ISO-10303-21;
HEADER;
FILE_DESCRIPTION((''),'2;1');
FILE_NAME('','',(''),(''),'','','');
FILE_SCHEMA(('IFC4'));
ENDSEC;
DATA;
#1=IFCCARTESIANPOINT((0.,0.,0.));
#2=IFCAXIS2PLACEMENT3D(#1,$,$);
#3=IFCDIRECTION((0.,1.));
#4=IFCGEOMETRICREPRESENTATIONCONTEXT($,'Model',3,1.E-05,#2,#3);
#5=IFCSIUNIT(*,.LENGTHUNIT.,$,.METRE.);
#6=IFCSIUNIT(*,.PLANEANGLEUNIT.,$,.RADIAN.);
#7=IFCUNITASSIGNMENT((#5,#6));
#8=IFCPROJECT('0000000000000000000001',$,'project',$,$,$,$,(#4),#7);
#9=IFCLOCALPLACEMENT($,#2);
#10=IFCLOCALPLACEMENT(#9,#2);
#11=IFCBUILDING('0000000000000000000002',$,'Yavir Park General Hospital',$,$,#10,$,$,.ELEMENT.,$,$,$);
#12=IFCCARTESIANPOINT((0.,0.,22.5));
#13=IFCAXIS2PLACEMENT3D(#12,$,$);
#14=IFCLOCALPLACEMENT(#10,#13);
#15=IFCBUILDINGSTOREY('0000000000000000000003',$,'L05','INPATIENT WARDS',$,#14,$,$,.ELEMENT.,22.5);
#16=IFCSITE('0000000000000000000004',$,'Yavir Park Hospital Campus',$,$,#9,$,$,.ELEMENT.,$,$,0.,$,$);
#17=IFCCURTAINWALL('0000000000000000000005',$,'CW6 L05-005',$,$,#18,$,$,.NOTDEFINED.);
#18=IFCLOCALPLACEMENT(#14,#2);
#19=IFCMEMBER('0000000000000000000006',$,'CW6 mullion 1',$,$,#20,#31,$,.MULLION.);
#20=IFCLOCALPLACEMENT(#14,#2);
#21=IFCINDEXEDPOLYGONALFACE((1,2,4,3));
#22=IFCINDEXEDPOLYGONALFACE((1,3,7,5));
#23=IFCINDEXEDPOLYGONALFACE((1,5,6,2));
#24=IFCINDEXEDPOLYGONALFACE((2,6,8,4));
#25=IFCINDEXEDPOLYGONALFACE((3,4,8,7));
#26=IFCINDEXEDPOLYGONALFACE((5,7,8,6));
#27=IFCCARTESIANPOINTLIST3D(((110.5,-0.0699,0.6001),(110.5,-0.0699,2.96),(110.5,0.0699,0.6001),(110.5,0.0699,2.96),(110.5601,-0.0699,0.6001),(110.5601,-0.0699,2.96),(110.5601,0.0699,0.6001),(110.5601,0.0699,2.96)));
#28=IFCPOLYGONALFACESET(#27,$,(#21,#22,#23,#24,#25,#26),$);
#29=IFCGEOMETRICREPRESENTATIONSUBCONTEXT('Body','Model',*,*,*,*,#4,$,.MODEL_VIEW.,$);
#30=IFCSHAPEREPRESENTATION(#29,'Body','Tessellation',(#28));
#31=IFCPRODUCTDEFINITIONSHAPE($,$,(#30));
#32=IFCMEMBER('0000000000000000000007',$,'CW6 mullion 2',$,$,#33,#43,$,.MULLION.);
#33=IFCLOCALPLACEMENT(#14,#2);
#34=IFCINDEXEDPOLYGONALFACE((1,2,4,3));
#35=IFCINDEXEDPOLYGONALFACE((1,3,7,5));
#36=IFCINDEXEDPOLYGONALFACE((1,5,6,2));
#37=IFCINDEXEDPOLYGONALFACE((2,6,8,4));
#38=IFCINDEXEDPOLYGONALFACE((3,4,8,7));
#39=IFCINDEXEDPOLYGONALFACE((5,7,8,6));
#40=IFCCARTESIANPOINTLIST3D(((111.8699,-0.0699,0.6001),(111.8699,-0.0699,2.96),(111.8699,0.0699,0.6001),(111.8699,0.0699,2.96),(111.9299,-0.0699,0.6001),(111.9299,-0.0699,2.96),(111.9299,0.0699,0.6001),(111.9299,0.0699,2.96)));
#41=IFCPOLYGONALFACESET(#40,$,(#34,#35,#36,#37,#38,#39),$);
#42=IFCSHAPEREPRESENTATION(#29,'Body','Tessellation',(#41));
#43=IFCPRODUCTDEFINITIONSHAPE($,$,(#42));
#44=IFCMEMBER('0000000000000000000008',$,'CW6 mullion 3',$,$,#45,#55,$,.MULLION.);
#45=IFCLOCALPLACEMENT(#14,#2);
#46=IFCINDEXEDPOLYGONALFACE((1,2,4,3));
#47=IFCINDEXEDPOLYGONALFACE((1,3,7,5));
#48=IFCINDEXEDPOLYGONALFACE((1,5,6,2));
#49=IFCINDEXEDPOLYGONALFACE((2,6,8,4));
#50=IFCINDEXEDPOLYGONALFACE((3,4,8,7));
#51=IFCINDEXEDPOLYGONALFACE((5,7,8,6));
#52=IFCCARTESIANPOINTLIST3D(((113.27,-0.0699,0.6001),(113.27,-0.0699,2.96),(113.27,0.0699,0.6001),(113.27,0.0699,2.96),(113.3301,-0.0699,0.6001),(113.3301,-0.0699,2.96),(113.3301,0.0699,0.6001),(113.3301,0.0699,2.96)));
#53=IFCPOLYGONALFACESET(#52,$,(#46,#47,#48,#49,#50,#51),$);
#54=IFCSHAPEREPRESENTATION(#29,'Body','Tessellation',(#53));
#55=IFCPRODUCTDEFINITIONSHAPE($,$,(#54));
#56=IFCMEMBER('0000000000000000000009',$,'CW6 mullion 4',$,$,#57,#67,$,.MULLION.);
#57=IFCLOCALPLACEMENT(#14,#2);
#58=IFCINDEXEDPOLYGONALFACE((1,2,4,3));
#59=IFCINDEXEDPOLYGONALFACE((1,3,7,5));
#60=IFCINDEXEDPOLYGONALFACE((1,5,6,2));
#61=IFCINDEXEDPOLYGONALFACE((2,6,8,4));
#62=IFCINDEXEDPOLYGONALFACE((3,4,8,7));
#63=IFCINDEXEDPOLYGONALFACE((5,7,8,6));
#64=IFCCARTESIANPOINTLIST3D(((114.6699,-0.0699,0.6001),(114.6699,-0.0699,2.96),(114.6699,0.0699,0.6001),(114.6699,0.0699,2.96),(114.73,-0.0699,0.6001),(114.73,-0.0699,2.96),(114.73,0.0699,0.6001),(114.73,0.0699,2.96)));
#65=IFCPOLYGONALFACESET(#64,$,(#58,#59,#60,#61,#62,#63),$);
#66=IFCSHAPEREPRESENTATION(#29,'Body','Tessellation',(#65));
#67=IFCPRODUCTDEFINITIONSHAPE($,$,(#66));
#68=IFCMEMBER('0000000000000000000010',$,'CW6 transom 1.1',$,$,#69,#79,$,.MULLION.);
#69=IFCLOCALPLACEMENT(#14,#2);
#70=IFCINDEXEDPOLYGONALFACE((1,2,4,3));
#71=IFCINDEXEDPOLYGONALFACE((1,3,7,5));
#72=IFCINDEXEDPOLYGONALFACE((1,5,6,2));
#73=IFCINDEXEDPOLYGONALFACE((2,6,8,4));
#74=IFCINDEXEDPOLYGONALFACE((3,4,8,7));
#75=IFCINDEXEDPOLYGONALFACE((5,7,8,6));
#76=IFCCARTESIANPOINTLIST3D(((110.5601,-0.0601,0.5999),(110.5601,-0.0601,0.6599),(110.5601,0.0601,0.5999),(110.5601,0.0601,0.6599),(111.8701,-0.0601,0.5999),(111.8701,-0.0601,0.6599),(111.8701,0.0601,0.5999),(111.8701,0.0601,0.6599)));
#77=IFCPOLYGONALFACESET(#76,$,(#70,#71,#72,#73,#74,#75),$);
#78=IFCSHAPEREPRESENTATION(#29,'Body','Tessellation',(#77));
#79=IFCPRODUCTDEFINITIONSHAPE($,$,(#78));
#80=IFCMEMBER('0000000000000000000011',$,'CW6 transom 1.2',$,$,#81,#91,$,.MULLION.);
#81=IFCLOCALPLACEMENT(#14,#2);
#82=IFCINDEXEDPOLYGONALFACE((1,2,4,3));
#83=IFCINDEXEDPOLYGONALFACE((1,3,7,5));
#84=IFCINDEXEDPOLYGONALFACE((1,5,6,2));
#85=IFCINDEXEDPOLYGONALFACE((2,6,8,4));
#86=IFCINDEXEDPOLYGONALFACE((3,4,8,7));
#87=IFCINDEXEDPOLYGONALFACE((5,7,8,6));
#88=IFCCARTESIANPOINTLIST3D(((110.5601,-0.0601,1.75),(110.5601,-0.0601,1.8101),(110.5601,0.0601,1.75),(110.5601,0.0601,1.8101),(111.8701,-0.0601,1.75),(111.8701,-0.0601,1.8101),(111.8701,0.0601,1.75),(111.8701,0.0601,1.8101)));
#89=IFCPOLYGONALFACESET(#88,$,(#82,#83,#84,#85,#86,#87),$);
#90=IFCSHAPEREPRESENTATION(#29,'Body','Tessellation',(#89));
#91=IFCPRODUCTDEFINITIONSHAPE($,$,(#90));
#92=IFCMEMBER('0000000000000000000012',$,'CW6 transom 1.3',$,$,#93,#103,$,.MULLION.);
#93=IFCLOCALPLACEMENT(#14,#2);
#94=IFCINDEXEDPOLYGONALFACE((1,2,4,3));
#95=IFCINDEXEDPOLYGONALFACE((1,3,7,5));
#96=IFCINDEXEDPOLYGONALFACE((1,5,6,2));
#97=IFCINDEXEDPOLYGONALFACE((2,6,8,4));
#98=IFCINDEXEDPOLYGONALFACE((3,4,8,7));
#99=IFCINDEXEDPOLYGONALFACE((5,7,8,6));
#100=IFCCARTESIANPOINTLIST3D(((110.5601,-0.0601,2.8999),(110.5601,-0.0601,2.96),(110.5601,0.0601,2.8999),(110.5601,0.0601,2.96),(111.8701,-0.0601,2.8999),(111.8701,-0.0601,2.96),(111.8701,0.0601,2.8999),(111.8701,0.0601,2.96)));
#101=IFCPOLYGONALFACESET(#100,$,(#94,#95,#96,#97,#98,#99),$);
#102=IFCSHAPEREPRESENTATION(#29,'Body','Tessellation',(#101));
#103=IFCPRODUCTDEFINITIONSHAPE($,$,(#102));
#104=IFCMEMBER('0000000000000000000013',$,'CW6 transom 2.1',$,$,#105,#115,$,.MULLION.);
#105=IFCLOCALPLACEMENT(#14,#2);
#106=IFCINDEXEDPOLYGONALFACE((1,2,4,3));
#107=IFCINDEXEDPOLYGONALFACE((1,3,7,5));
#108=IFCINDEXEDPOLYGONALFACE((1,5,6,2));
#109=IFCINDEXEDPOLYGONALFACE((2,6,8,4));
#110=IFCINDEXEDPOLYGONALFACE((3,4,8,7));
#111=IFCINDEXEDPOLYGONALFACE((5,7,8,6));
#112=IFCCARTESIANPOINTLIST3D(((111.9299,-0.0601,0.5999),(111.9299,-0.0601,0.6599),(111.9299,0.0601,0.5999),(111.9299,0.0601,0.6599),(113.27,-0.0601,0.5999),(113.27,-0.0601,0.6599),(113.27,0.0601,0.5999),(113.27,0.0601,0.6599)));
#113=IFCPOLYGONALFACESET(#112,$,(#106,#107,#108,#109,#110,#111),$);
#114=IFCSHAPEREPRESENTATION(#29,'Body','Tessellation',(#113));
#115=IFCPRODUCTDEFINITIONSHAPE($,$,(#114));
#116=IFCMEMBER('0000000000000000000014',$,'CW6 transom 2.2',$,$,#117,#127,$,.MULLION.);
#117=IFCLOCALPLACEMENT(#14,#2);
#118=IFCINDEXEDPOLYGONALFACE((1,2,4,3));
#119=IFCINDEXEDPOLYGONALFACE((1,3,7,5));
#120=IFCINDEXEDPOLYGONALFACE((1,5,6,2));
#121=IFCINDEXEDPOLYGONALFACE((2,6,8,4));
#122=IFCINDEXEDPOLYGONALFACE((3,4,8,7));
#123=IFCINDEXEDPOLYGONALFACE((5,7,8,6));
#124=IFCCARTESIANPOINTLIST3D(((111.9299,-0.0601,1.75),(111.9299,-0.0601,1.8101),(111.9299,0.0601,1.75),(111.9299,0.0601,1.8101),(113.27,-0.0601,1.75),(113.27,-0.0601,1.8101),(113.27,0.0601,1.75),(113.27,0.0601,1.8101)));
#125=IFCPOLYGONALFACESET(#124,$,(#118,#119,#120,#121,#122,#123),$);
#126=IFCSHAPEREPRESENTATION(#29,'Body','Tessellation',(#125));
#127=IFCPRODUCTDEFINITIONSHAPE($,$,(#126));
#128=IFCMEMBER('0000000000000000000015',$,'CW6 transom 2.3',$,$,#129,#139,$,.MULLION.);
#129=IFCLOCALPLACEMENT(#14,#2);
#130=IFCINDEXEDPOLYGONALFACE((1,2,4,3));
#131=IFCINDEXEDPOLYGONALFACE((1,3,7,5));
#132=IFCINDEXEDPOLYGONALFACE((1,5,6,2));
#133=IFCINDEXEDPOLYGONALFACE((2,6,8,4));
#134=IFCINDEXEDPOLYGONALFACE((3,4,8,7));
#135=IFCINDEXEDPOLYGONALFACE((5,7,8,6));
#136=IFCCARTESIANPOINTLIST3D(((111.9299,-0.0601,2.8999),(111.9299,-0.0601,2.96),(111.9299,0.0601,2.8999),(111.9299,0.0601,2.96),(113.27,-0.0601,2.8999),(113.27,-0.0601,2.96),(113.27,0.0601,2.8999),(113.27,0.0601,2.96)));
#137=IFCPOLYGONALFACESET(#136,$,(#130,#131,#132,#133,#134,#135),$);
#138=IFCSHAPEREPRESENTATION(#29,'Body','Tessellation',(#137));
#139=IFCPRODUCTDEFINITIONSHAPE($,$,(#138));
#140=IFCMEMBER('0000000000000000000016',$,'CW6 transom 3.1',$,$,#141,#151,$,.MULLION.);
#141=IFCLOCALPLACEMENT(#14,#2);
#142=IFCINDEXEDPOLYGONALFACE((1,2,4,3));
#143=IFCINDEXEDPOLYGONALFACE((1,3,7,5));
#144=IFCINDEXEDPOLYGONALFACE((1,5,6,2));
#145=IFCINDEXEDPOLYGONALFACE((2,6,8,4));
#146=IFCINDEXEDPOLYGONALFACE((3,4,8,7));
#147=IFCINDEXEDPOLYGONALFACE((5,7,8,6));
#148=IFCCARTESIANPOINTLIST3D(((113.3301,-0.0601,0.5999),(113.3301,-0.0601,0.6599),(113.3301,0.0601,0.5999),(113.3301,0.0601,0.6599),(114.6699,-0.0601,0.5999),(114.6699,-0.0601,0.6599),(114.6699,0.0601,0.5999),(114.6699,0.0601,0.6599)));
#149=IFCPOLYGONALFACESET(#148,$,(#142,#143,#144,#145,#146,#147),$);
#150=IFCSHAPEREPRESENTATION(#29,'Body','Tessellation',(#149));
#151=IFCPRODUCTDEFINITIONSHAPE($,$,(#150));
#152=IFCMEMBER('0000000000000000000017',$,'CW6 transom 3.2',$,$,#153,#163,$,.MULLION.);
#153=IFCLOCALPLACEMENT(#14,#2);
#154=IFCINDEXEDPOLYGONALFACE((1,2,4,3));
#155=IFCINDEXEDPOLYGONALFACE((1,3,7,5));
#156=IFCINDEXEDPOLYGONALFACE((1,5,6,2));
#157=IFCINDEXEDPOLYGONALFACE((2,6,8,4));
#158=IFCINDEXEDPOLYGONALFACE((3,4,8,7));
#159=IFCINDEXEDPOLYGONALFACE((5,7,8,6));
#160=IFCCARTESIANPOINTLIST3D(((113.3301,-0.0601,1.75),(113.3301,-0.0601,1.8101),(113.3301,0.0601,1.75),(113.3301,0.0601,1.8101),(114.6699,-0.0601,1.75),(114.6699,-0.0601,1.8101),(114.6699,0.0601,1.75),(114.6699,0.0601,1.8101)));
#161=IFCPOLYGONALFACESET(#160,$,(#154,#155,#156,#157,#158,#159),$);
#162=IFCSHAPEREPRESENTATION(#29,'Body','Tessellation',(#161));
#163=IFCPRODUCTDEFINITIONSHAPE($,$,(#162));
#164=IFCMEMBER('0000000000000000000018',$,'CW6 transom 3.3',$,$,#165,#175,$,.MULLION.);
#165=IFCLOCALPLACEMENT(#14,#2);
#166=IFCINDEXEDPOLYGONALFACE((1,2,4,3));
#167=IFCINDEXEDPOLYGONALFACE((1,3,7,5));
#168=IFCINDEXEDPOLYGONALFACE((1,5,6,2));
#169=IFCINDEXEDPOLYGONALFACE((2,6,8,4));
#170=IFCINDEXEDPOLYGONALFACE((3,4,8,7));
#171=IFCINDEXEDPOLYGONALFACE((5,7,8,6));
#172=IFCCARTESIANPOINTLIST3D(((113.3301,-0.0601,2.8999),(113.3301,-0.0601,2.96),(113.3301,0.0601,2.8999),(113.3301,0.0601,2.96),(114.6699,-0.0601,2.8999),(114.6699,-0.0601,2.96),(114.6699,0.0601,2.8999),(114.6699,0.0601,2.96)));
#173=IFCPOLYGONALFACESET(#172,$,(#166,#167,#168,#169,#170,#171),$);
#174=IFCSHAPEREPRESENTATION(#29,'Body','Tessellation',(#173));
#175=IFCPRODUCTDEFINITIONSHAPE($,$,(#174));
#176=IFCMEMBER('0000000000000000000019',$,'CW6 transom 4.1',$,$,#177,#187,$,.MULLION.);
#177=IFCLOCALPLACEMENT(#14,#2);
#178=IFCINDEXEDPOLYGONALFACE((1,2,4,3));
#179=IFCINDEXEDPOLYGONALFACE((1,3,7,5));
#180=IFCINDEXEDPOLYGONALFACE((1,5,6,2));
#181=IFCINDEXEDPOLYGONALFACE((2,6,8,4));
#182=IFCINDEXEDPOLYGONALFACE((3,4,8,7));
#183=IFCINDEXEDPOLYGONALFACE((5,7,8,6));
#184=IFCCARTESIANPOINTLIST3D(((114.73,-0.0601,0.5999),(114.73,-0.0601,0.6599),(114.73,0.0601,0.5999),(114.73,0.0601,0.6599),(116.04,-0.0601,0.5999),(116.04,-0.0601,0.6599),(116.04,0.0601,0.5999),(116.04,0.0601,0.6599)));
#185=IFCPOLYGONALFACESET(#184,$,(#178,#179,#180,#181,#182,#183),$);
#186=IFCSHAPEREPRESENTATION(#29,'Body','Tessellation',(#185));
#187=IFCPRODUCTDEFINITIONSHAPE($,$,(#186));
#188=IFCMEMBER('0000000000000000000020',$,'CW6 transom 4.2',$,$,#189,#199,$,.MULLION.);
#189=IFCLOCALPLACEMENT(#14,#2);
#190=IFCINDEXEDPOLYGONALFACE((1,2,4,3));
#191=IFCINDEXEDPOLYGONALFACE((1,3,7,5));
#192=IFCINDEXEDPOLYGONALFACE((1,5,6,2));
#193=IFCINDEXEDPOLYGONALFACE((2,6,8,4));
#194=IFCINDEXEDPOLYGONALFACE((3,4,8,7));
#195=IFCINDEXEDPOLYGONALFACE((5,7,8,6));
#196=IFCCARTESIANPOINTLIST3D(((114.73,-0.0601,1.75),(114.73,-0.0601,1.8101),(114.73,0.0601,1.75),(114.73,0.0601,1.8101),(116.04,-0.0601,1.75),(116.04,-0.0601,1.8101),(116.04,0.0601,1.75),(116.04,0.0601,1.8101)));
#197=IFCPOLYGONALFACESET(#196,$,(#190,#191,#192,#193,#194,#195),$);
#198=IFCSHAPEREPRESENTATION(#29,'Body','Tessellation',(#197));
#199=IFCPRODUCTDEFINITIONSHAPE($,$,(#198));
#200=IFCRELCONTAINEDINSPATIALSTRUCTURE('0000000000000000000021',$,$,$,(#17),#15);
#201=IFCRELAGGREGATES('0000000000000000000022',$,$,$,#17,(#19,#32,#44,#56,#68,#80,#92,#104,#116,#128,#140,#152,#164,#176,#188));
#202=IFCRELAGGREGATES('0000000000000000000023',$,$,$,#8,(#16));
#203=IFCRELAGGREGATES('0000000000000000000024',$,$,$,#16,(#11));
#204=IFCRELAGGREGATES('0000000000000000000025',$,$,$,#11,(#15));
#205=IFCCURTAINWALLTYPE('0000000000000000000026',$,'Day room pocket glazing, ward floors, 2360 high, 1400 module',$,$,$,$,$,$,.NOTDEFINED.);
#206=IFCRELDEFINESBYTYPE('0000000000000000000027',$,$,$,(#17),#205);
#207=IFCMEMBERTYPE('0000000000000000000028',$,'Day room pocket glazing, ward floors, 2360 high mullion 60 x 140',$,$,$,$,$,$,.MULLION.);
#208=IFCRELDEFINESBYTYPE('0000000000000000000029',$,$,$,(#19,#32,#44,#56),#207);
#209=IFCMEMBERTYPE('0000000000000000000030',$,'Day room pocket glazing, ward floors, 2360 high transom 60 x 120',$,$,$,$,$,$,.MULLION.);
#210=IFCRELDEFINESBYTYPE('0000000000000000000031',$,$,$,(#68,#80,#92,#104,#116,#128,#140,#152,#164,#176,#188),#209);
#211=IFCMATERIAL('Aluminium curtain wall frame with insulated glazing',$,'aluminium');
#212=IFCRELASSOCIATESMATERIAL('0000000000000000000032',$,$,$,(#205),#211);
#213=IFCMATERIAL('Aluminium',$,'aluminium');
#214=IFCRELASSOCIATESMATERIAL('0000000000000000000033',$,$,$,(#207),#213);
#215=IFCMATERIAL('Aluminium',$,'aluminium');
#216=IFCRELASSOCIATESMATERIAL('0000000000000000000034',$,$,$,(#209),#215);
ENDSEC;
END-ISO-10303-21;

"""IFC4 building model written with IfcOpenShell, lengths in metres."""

from ifc_helpers import new_model, si_unit, direction, frame, origin, origin_2d, place, context, subcontext, project, spatial, rectangle, extrude, material, material_profile, profile_set, type_object, element, aggregate, save


model = new_model("IFC4")

# Units and contexts
model_context = context("Model", 3, precision=1e-05, world=origin(), true_north=direction((0.0, 1.0)))
body_context = subcontext(model_context, "Body", "Model", "MODEL_VIEW")
ifc_project = project(units=[si_unit("LENGTHUNIT", "METRE"), si_unit("PLANEANGLEUNIT", "RADIAN")], contexts=[model_context])

# Site, building, storey
site_placement = place(None, origin())
site = spatial("IfcSite", under=ifc_project, at=site_placement, Name="Yavir Park Hospital Campus", CompositionType="ELEMENT", RefElevation=0.0)
building_placement = place(site_placement, origin())
building = spatial("IfcBuilding", under=site, at=building_placement, Name="Yavir Park General Hospital", CompositionType="ELEMENT")
storey_placement = place(building_placement, frame((0.0, 0.0, 22.5)))
storey = spatial("IfcBuildingStorey", under=building, at=storey_placement, Name="L05", Description="INPATIENT WARDS", CompositionType="ELEMENT", Elevation=22.5)

# Curtain wall, members
ifc_material_1 = material(Name="Aluminium curtain wall frame with insulated glazing", Category="aluminium")
curtain_wall_type_1 = type_object("IfcCurtainWallType", Name="Day room pocket glazing, ward floors, 2360 high, 1400 module", PredefinedType="NOTDEFINED", material=ifc_material_1)
curtain_wall_1_placement = place(storey_placement, origin())
curtain_wall_1 = element("IfcCurtainWall", 1, at=curtain_wall_1_placement, inside=storey, type_object=curtain_wall_type_1, Name="CW6 L05-005", PredefinedType="NOTDEFINED")
ifc_material_2 = material(Name="Aluminium", Category="aluminium")
ifc_material_profile_1 = material_profile(ifc_material_2, rectangle(XDim=0.1399, YDim=0.0601, at=origin_2d()), Name="AL 60x140")
ifc_profile_set_1 = profile_set([ifc_material_profile_1], Name="Aluminium")
member_type_1 = type_object("IfcMemberType", Name="Day room pocket glazing, ward floors, 2360 high mullion 60 x 140", PredefinedType="MULLION", material=ifc_profile_set_1)
member_1_placement = place(storey_placement, frame((110.53, 0.0, 0.6001), z_axis=(0.0, 0.0, 1.0), x_axis=(0.0, 1.0, 0.0)))
member_1 = element("IfcMember", 2, at=member_1_placement, type_object=member_type_1, Name="CW6 mullion 1", PredefinedType="MULLION", context=body_context, shape_type="SweptSolid", body=[
    extrude(rectangle(XDim=0.1399, YDim=0.0601, at=origin_2d()), origin(), (0.0, 0.0, 1.0), 2.3599),
])
member_2_placement = place(storey_placement, frame((111.8999, 0.0, 0.6001), z_axis=(0.0, 0.0, 1.0), x_axis=(0.0, 1.0, 0.0)))
member_2 = element("IfcMember", 3, at=member_2_placement, type_object=member_type_1, Name="CW6 mullion 2", PredefinedType="MULLION", context=body_context, shape_type="SweptSolid", body=[
    extrude(rectangle(XDim=0.1399, YDim=0.0601, at=origin_2d()), origin(), (0.0, 0.0, 1.0), 2.3599),
])
member_3_placement = place(storey_placement, frame((113.3, 0.0, 0.6001), z_axis=(0.0, 0.0, 1.0), x_axis=(0.0, 1.0, 0.0)))
member_3 = element("IfcMember", 4, at=member_3_placement, type_object=member_type_1, Name="CW6 mullion 3", PredefinedType="MULLION", context=body_context, shape_type="SweptSolid", body=[
    extrude(rectangle(XDim=0.1399, YDim=0.0601, at=origin_2d()), origin(), (0.0, 0.0, 1.0), 2.3599),
])
member_4_placement = place(storey_placement, frame((114.7, 0.0, 0.6001), z_axis=(0.0, 0.0, 1.0), x_axis=(0.0, 1.0, 0.0)))
member_4 = element("IfcMember", 5, at=member_4_placement, type_object=member_type_1, Name="CW6 mullion 4", PredefinedType="MULLION", context=body_context, shape_type="SweptSolid", body=[
    extrude(rectangle(XDim=0.1399, YDim=0.0601, at=origin_2d()), origin(), (0.0, 0.0, 1.0), 2.3599),
])
ifc_material_3 = material(Name="Aluminium", Category="aluminium")
ifc_material_profile_2 = material_profile(ifc_material_3, rectangle(XDim=0.1201, YDim=0.0601, at=origin_2d()), Name="AL 120x60")
ifc_profile_set_2 = profile_set([ifc_material_profile_2], Name="Aluminium")
member_type_2 = type_object("IfcMemberType", Name="Day room pocket glazing, ward floors, 2360 high transom 60 x 120", PredefinedType="MULLION", material=ifc_profile_set_2)
member_5_placement = place(storey_placement, frame((110.5601, 0.0, 0.6299), z_axis=(1.0, 0.0, 0.0), x_axis=(0.0, 1.0, 0.0)))
member_5 = element("IfcMember", 6, at=member_5_placement, type_object=member_type_2, Name="CW6 transom 1.1", PredefinedType="MULLION", context=body_context, shape_type="SweptSolid", body=[
    extrude(rectangle(XDim=0.1201, YDim=0.0601, at=origin_2d()), origin(), (0.0, 0.0, 1.0), 1.3101),
])
member_6_placement = place(storey_placement, frame((110.5601, 0.0, 1.78), z_axis=(1.0, 0.0, 0.0), x_axis=(0.0, 1.0, 0.0)))
member_6 = element("IfcMember", 7, at=member_6_placement, type_object=member_type_2, Name="CW6 transom 1.2", PredefinedType="MULLION", context=body_context, shape_type="SweptSolid", body=[
    extrude(rectangle(XDim=0.1201, YDim=0.0601, at=origin_2d()), origin(), (0.0, 0.0, 1.0), 1.3101),
])
member_7_placement = place(storey_placement, frame((110.5601, 0.0, 2.9299), z_axis=(1.0, 0.0, 0.0), x_axis=(0.0, 1.0, 0.0)))
member_7 = element("IfcMember", 8, at=member_7_placement, type_object=member_type_2, Name="CW6 transom 1.3", PredefinedType="MULLION", context=body_context, shape_type="SweptSolid", body=[
    extrude(rectangle(XDim=0.1201, YDim=0.0601, at=origin_2d()), origin(), (0.0, 0.0, 1.0), 1.3101),
])
member_8_placement = place(storey_placement, frame((111.9299, 0.0, 0.6299), z_axis=(1.0, 0.0, 0.0), x_axis=(0.0, 1.0, 0.0)))
member_8 = element("IfcMember", 9, at=member_8_placement, type_object=member_type_2, Name="CW6 transom 2.1", PredefinedType="MULLION", context=body_context, shape_type="SweptSolid", body=[
    extrude(rectangle(XDim=0.1201, YDim=0.0601, at=origin_2d()), origin(), (0.0, 0.0, 1.0), 1.3401),
])
member_9_placement = place(storey_placement, frame((111.9299, 0.0, 1.78), z_axis=(1.0, 0.0, 0.0), x_axis=(0.0, 1.0, 0.0)))
member_9 = element("IfcMember", 10, at=member_9_placement, type_object=member_type_2, Name="CW6 transom 2.2", PredefinedType="MULLION", context=body_context, shape_type="SweptSolid", body=[
    extrude(rectangle(XDim=0.1201, YDim=0.0601, at=origin_2d()), origin(), (0.0, 0.0, 1.0), 1.3401),
])
member_10_placement = place(storey_placement, frame((111.9299, 0.0, 2.9299), z_axis=(1.0, 0.0, 0.0), x_axis=(0.0, 1.0, 0.0)))
member_10 = element("IfcMember", 11, at=member_10_placement, type_object=member_type_2, Name="CW6 transom 2.3", PredefinedType="MULLION", context=body_context, shape_type="SweptSolid", body=[
    extrude(rectangle(XDim=0.1201, YDim=0.0601, at=origin_2d()), origin(), (0.0, 0.0, 1.0), 1.3401),
])
member_11_placement = place(storey_placement, frame((113.3301, 0.0, 0.6299), z_axis=(1.0, 0.0, 0.0), x_axis=(0.0, 1.0, 0.0)))
member_11 = element("IfcMember", 12, at=member_11_placement, type_object=member_type_2, Name="CW6 transom 3.1", PredefinedType="MULLION", context=body_context, shape_type="SweptSolid", body=[
    extrude(rectangle(XDim=0.1201, YDim=0.0601, at=origin_2d()), origin(), (0.0, 0.0, 1.0), 1.3398),
])
member_12_placement = place(storey_placement, frame((113.3301, 0.0, 1.78), z_axis=(1.0, 0.0, 0.0), x_axis=(0.0, 1.0, 0.0)))
member_12 = element("IfcMember", 13, at=member_12_placement, type_object=member_type_2, Name="CW6 transom 3.2", PredefinedType="MULLION", context=body_context, shape_type="SweptSolid", body=[
    extrude(rectangle(XDim=0.1201, YDim=0.0601, at=origin_2d()), origin(), (0.0, 0.0, 1.0), 1.3398),
])
member_13_placement = place(storey_placement, frame((113.3301, 0.0, 2.9299), z_axis=(1.0, 0.0, 0.0), x_axis=(0.0, 1.0, 0.0)))
member_13 = element("IfcMember", 14, at=member_13_placement, type_object=member_type_2, Name="CW6 transom 3.3", PredefinedType="MULLION", context=body_context, shape_type="SweptSolid", body=[
    extrude(rectangle(XDim=0.1201, YDim=0.0601, at=origin_2d()), origin(), (0.0, 0.0, 1.0), 1.3398),
])
member_14_placement = place(storey_placement, frame((114.73, 0.0, 0.6299), z_axis=(1.0, 0.0, 0.0), x_axis=(0.0, 1.0, 0.0)))
member_14 = element("IfcMember", 15, at=member_14_placement, type_object=member_type_2, Name="CW6 transom 4.1", PredefinedType="MULLION", context=body_context, shape_type="SweptSolid", body=[
    extrude(rectangle(XDim=0.1201, YDim=0.0601, at=origin_2d()), origin(), (0.0, 0.0, 1.0), 1.3101),
])
member_15_placement = place(storey_placement, frame((114.73, 0.0, 1.78), z_axis=(1.0, 0.0, 0.0), x_axis=(0.0, 1.0, 0.0)))
member_15 = element("IfcMember", 16, at=member_15_placement, type_object=member_type_2, Name="CW6 transom 4.2", PredefinedType="MULLION", context=body_context, shape_type="SweptSolid", body=[
    extrude(rectangle(XDim=0.1201, YDim=0.0601, at=origin_2d()), origin(), (0.0, 0.0, 1.0), 1.3101),
])

aggregate(curtain_wall_1, [member_1, member_2, member_3, member_4, member_5, member_6, member_7, member_8, member_9, member_10, member_11, member_12, member_13, member_14, member_15])

save(model, "model.ifc")
